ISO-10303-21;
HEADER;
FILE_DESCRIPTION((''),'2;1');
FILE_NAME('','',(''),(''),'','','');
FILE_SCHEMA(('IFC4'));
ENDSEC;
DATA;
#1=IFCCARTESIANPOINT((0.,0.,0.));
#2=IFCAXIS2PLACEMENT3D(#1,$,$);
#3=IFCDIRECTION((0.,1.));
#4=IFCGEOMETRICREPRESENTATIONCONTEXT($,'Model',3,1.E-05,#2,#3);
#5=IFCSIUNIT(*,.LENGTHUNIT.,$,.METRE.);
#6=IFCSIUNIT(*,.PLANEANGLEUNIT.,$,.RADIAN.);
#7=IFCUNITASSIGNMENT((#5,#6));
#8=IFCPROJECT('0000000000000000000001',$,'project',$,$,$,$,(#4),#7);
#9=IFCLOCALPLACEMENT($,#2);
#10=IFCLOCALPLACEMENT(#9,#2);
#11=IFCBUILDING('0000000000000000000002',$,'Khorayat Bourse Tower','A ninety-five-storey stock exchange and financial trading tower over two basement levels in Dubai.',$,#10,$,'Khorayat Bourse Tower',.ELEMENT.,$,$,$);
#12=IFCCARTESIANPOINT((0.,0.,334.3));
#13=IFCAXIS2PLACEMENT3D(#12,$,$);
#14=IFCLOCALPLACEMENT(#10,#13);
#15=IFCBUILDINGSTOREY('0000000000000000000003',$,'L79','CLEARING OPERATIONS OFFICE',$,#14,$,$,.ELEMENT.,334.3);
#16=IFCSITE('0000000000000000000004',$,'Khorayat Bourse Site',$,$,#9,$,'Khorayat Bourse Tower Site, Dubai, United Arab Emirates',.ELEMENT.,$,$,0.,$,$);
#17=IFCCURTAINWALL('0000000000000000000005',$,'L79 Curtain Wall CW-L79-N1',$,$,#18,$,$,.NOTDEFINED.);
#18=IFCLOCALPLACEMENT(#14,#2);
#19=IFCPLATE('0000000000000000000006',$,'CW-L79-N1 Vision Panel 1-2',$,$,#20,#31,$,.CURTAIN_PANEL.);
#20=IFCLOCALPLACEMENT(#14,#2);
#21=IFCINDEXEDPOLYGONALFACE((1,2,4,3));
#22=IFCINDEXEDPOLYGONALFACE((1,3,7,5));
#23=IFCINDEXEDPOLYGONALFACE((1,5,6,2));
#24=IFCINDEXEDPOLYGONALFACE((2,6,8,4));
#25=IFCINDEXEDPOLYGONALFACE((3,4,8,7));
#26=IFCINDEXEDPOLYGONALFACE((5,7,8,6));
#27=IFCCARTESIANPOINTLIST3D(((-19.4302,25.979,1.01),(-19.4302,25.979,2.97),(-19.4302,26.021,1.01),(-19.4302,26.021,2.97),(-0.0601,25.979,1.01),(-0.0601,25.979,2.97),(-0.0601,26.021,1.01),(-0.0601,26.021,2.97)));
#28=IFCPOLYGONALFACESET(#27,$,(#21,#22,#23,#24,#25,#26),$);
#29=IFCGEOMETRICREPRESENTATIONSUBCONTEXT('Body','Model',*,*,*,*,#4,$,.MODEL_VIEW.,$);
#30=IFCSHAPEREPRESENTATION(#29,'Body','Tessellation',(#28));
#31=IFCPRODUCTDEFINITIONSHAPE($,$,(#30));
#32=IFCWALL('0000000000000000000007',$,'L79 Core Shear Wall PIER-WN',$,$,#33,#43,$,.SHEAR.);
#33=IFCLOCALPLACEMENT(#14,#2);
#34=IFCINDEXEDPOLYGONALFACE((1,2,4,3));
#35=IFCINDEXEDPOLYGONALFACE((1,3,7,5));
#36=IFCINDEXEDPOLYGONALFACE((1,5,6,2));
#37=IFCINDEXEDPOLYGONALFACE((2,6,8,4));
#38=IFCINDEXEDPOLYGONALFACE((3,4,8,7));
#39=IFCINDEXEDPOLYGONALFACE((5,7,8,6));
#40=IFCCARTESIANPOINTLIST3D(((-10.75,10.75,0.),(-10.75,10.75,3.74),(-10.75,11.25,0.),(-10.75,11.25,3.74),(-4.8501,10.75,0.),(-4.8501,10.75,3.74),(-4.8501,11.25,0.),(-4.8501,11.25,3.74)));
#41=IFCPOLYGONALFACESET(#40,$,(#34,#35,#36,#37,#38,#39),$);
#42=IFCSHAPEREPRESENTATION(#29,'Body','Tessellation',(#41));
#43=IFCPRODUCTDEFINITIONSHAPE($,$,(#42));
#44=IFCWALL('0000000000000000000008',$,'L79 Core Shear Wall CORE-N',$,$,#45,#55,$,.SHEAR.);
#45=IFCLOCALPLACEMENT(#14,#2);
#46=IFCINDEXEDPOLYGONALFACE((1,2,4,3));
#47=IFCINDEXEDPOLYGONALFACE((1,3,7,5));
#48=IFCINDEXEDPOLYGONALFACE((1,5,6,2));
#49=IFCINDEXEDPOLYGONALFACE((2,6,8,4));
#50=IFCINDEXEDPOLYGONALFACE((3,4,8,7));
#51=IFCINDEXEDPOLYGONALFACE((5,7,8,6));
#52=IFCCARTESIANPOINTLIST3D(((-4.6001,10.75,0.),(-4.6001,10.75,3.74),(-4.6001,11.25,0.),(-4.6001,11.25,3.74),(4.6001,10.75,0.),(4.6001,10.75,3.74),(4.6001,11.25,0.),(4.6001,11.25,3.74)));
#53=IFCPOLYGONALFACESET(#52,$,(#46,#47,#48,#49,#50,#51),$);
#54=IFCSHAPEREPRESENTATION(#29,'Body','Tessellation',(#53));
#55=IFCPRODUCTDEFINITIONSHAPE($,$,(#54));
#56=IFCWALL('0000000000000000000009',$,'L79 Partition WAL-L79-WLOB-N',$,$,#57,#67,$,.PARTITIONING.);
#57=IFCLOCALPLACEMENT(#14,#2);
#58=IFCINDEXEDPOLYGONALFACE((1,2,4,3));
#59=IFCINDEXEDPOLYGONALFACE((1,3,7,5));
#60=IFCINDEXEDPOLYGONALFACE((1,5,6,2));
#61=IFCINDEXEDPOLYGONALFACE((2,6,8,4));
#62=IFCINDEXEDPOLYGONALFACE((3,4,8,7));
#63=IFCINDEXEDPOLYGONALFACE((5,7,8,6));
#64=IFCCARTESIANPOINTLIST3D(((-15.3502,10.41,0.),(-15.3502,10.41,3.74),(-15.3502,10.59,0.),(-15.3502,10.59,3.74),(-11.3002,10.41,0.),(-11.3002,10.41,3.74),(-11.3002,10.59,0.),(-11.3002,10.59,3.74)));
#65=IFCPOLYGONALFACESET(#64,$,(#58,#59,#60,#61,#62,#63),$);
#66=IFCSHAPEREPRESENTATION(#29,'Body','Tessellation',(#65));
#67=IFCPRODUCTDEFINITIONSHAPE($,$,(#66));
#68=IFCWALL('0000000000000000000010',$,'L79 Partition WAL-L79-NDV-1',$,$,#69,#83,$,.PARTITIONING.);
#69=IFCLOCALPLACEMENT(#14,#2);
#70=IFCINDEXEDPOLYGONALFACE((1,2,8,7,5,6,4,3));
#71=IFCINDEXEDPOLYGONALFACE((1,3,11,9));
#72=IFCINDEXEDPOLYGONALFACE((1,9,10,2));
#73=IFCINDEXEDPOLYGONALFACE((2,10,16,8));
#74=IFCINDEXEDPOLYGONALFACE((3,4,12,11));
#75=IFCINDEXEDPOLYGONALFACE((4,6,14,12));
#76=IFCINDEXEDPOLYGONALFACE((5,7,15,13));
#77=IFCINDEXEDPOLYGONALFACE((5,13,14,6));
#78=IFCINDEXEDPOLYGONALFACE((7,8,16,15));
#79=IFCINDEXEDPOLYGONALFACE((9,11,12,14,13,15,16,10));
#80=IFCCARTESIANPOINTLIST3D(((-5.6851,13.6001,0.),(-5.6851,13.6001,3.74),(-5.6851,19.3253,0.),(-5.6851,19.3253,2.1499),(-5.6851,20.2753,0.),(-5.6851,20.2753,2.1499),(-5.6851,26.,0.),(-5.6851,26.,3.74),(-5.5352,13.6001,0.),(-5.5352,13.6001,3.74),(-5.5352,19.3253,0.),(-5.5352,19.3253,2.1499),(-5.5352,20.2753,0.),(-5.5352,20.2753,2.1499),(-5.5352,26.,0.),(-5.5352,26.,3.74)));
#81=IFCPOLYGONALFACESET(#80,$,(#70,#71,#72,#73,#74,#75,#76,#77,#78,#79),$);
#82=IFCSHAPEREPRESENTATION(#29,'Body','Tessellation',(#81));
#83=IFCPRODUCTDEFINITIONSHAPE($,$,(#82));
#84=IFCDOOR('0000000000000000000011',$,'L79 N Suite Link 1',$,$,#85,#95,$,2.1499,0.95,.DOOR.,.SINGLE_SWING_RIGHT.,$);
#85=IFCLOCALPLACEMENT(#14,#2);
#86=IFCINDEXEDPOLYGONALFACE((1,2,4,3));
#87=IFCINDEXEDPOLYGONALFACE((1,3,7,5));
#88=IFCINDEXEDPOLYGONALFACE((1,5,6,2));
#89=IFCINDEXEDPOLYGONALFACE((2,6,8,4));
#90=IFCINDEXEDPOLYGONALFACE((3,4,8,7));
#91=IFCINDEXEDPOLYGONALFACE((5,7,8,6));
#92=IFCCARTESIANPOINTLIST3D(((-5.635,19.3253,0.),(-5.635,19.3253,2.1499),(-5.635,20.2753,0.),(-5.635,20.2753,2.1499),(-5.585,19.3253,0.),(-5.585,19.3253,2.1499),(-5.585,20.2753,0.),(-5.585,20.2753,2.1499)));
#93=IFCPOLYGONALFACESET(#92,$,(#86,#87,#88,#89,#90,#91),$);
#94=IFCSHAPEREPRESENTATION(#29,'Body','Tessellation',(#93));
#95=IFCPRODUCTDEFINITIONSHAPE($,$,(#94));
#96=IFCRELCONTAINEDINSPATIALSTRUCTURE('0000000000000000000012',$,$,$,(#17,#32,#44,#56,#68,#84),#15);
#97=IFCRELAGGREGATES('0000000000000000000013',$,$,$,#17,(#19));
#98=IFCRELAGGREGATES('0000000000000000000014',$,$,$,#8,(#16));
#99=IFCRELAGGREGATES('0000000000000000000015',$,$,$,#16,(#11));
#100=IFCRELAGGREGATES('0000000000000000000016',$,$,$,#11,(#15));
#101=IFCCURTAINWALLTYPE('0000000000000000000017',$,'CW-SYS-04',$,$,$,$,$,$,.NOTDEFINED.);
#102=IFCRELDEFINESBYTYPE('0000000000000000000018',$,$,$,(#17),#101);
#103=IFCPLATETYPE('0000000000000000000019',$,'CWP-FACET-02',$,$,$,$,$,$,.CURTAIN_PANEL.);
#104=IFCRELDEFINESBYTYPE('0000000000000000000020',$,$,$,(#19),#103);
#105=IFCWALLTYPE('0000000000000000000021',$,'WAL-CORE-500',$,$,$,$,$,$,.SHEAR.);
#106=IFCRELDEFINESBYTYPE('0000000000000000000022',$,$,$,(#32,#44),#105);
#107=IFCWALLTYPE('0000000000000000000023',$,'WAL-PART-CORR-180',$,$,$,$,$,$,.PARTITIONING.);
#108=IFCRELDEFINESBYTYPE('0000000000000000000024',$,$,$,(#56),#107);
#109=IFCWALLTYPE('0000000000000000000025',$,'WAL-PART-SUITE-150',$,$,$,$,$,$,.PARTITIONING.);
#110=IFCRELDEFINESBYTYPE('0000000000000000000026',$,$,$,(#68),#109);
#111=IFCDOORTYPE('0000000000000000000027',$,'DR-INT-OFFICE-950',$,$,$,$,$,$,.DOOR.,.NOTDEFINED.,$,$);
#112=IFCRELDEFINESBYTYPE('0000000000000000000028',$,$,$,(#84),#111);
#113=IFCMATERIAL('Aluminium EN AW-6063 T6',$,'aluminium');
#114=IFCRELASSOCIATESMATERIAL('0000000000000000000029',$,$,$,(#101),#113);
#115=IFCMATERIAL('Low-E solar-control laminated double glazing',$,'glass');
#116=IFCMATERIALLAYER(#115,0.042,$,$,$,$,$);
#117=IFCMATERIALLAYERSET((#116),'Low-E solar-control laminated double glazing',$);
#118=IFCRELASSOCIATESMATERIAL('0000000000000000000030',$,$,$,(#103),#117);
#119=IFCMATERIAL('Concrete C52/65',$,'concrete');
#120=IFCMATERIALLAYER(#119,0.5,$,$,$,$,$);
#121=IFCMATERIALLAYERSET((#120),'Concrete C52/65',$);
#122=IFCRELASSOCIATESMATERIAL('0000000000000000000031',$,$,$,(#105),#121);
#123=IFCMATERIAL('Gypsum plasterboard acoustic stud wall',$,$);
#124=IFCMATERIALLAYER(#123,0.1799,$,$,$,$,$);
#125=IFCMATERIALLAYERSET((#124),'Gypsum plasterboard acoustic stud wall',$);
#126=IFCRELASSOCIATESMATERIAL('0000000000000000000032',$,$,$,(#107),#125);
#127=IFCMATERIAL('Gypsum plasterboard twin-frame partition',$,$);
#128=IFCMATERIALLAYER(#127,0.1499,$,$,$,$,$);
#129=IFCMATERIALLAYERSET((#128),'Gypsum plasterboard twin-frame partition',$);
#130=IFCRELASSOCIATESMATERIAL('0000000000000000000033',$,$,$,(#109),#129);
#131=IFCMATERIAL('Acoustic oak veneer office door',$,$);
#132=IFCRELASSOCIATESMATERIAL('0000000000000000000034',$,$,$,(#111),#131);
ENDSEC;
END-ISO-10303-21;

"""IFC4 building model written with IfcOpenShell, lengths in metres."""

from ifc_helpers import new_model, si_unit, direction, frame, frame_2d, origin, origin_2d, place, context, subcontext, project, spatial, rectangle, extrude, source, transform, mapped, material, layer, layer_set, type_object, element, fill, aggregate, save


model = new_model("IFC4")

# Units and contexts
model_context = context("Model", 3, precision=1e-05, world=origin(), true_north=direction((0.0, 1.0)))
body_context = subcontext(model_context, "Body", "Model", "MODEL_VIEW")
ifc_project = project(units=[si_unit("LENGTHUNIT", "METRE"), si_unit("PLANEANGLEUNIT", "RADIAN")], contexts=[model_context])

# Site, building, storey
site_placement = place(None, origin())
site = spatial("IfcSite", under=ifc_project, at=site_placement, Name="Khorayat Bourse Site", LongName="Khorayat Bourse Tower Site, Dubai, United Arab Emirates", CompositionType="ELEMENT", RefElevation=0.0)
building_placement = place(site_placement, origin())
building = spatial("IfcBuilding", under=site, at=building_placement, Name="Khorayat Bourse Tower", Description="A ninety-five-storey stock exchange and financial trading tower over two basement levels in Dubai.", LongName="Khorayat Bourse Tower", CompositionType="ELEMENT")
storey_placement = place(building_placement, frame((0.0, 0.0, 334.3)))
storey = spatial("IfcBuildingStorey", under=building, at=storey_placement, Name="L79", Description="CLEARING OPERATIONS OFFICE", CompositionType="ELEMENT", Elevation=334.3)

# Shared definitions
ifc_material_1 = material(Name="Concrete C52/65", Category="concrete")

# Curtain wall
ifc_material_2 = material(Name="Aluminium EN AW-6063 T6", Category="aluminium")
curtain_wall_type = type_object("IfcCurtainWallType", Name="CW-SYS-04", PredefinedType="NOTDEFINED", material=ifc_material_2)
curtain_wall_placement = place(storey_placement, origin())
curtain_wall = element("IfcCurtainWall", 1, at=curtain_wall_placement, inside=storey, type_object=curtain_wall_type, Name="L79 Curtain Wall CW-L79-N1", PredefinedType="NOTDEFINED")

# Plate
ifc_material_3 = material(Name="Low-E solar-control laminated double glazing", Category="glass")
ifc_layer_1 = layer(ifc_material_3, 0.042)
ifc_layer_set_1 = layer_set([ifc_layer_1], Name="Low-E solar-control laminated double glazing")
plate_type_1 = type_object("IfcPlateType", Name="CWP-FACET-02", PredefinedType="CURTAIN_PANEL", material=ifc_layer_set_1)
shared_shape_1 = source(origin(), body_context, "Body", "SweptSolid", [
    extrude(rectangle(XDim=19.3701, YDim=0.042, at=origin_2d()), origin(), (0.0, 0.0, 1.0), 1.96),
])
plate_1_placement = place(storey_placement, frame((-9.7451, 26.0, 1.01), z_axis=(0.0, 0.0, 1.0), x_axis=(1.0, 0.0, 0.0)))
plate_1 = element("IfcPlate", 2, at=plate_1_placement, type_object=plate_type_1, Name="CW-L79-N1 Vision Panel 1-2", PredefinedType="CURTAIN_PANEL", context=body_context, shape_type="MappedRepresentation", body=[
    mapped(shared_shape_1, transform((0.0, 0.0, 0.0), scale=1.0)),
])
aggregate(curtain_wall, [plate_1])

# Walls
ifc_layer_2 = layer(ifc_material_1, 0.5)
ifc_layer_set_2 = layer_set([ifc_layer_2], Name="Concrete C52/65")
wall_type_1 = type_object("IfcWallType", Name="WAL-CORE-500", PredefinedType="SHEAR", material=ifc_layer_set_2)
shared_shape_2 = source(origin(), body_context, "Body", "SweptSolid", [
    extrude(rectangle(XDim=5.8999, YDim=0.5, at=frame_2d((2.95, 0.0))), origin(), (0.0, 0.0, 1.0), 3.74),
])
wall_1_placement = place(storey_placement, frame((-10.75, 11.0, 0.0), z_axis=(0.0, 0.0, 1.0), x_axis=(1.0, 0.0, 0.0)))
element("IfcWall", 3, at=wall_1_placement, inside=storey, type_object=wall_type_1, Name="L79 Core Shear Wall PIER-WN", PredefinedType="SHEAR", context=body_context, shape_type="MappedRepresentation", body=[
    mapped(shared_shape_2, transform((0.0, 0.0, 0.0), scale=1.0)),
])
shared_shape_3 = source(origin(), body_context, "Body", "SweptSolid", [
    extrude(rectangle(XDim=9.2002, YDim=0.5, at=frame_2d((4.6001, 0.0))), origin(), (0.0, 0.0, 1.0), 3.74),
])
wall_2_placement = place(storey_placement, frame((-4.6001, 11.0, 0.0), z_axis=(0.0, 0.0, 1.0), x_axis=(1.0, 0.0, 0.0)))
element("IfcWall", 4, at=wall_2_placement, inside=storey, type_object=wall_type_1, Name="L79 Core Shear Wall CORE-N", PredefinedType="SHEAR", context=body_context, shape_type="MappedRepresentation", body=[
    mapped(shared_shape_3, transform((0.0, 0.0, 0.0), scale=1.0)),
])
ifc_material_4 = material(Name="Gypsum plasterboard acoustic stud wall")
ifc_layer_3 = layer(ifc_material_4, 0.1799)
ifc_layer_set_3 = layer_set([ifc_layer_3], Name="Gypsum plasterboard acoustic stud wall")
wall_type_2 = type_object("IfcWallType", Name="WAL-PART-CORR-180", PredefinedType="PARTITIONING", material=ifc_layer_set_3)
shared_shape_4 = source(origin(), body_context, "Body", "SweptSolid", [
    extrude(rectangle(XDim=4.05, YDim=0.1799, at=frame_2d((2.0249, 0.0))), origin(), (0.0, 0.0, 1.0), 3.74),
])
wall_3_placement = place(storey_placement, frame((-15.3501, 10.5, 0.0), z_axis=(0.0, 0.0, 1.0), x_axis=(1.0, 0.0, 0.0)))
element("IfcWall", 5, at=wall_3_placement, inside=storey, type_object=wall_type_2, Name="L79 Partition WAL-L79-WLOB-N", PredefinedType="PARTITIONING", context=body_context, shape_type="MappedRepresentation", body=[
    mapped(shared_shape_4, transform((0.0, 0.0, 0.0), scale=1.0)),
])

# Wall, opening, door
ifc_material_5 = material(Name="Gypsum plasterboard twin-frame partition")
ifc_layer_4 = layer(ifc_material_5, 0.1499)
ifc_layer_set_4 = layer_set([ifc_layer_4], Name="Gypsum plasterboard twin-frame partition")
wall_type_3 = type_object("IfcWallType", Name="WAL-PART-SUITE-150", PredefinedType="PARTITIONING", material=ifc_layer_set_4)
shared_shape_5 = source(origin(), body_context, "Body", "SweptSolid", [
    extrude(rectangle(XDim=12.3999, YDim=0.1499, at=frame_2d((6.2, 0.0))), origin(), (0.0, 0.0, 1.0), 3.74),
])
wall_4_placement = place(storey_placement, frame((-5.6101, 13.6001, 0.0), z_axis=(0.0, 0.0, 1.0), x_axis=(0.0, 1.0, 0.0)))
wall_4 = element("IfcWall", 6, at=wall_4_placement, inside=storey, type_object=wall_type_3, Name="L79 Partition WAL-L79-NDV-1", PredefinedType="PARTITIONING", context=body_context, shape_type="MappedRepresentation", body=[
    mapped(shared_shape_5, transform((0.0, 0.0, 0.0), scale=1.0)),
])
shared_shape_6 = source(origin(), body_context, "Body", "SweptSolid", [
    extrude(rectangle(XDim=0.95, YDim=2.1499, at=frame_2d((0.4751, 1.075))), frame((0.0, 0.085, 0.0), z_axis=(0.0, -1.0, 0.0), x_axis=(1.0, 0.0, 0.0)), (0.0, 0.0, 1.0), 0.1699),
])
opening_placement = place(wall_4_placement, frame((5.7251, 0.0, 0.0)))
opening = element("IfcOpeningElement", 7, at=opening_placement, cuts=wall_4, PredefinedType="OPENING", context=body_context, shape_type="MappedRepresentation", body=[
    mapped(shared_shape_6, transform((0.0, 0.0, 0.0), scale=1.0)),
])
ifc_material_6 = material(Name="Acoustic oak veneer office door")
door_type = type_object("IfcDoorType", Name="DR-INT-OFFICE-950", OperationType="NOTDEFINED", PredefinedType="DOOR", material=ifc_material_6)
shared_shape_7 = source(origin(), body_context, "Body", "SweptSolid", [
    extrude(rectangle(XDim=0.95, YDim=2.1499, at=frame_2d((0.4751, 1.075))), frame((0.0, 0.0249, 0.0), z_axis=(0.0, -1.0, 0.0), x_axis=(1.0, 0.0, 0.0)), (0.0, 0.0, 1.0), 0.05),
])
door_placement = place(opening_placement, origin())
door = element("IfcDoor", 8, at=door_placement, inside=storey, type_object=door_type, Name="L79 N Suite Link 1", OperationType="SINGLE_SWING_RIGHT", OverallHeight=2.1499, OverallWidth=0.95, PredefinedType="DOOR", context=body_context, shape_type="MappedRepresentation", body=[
    mapped(shared_shape_7, transform((0.0, 0.0, 0.0), scale=1.0)),
])
fill(opening, door)

save(model, "model.ifc")
